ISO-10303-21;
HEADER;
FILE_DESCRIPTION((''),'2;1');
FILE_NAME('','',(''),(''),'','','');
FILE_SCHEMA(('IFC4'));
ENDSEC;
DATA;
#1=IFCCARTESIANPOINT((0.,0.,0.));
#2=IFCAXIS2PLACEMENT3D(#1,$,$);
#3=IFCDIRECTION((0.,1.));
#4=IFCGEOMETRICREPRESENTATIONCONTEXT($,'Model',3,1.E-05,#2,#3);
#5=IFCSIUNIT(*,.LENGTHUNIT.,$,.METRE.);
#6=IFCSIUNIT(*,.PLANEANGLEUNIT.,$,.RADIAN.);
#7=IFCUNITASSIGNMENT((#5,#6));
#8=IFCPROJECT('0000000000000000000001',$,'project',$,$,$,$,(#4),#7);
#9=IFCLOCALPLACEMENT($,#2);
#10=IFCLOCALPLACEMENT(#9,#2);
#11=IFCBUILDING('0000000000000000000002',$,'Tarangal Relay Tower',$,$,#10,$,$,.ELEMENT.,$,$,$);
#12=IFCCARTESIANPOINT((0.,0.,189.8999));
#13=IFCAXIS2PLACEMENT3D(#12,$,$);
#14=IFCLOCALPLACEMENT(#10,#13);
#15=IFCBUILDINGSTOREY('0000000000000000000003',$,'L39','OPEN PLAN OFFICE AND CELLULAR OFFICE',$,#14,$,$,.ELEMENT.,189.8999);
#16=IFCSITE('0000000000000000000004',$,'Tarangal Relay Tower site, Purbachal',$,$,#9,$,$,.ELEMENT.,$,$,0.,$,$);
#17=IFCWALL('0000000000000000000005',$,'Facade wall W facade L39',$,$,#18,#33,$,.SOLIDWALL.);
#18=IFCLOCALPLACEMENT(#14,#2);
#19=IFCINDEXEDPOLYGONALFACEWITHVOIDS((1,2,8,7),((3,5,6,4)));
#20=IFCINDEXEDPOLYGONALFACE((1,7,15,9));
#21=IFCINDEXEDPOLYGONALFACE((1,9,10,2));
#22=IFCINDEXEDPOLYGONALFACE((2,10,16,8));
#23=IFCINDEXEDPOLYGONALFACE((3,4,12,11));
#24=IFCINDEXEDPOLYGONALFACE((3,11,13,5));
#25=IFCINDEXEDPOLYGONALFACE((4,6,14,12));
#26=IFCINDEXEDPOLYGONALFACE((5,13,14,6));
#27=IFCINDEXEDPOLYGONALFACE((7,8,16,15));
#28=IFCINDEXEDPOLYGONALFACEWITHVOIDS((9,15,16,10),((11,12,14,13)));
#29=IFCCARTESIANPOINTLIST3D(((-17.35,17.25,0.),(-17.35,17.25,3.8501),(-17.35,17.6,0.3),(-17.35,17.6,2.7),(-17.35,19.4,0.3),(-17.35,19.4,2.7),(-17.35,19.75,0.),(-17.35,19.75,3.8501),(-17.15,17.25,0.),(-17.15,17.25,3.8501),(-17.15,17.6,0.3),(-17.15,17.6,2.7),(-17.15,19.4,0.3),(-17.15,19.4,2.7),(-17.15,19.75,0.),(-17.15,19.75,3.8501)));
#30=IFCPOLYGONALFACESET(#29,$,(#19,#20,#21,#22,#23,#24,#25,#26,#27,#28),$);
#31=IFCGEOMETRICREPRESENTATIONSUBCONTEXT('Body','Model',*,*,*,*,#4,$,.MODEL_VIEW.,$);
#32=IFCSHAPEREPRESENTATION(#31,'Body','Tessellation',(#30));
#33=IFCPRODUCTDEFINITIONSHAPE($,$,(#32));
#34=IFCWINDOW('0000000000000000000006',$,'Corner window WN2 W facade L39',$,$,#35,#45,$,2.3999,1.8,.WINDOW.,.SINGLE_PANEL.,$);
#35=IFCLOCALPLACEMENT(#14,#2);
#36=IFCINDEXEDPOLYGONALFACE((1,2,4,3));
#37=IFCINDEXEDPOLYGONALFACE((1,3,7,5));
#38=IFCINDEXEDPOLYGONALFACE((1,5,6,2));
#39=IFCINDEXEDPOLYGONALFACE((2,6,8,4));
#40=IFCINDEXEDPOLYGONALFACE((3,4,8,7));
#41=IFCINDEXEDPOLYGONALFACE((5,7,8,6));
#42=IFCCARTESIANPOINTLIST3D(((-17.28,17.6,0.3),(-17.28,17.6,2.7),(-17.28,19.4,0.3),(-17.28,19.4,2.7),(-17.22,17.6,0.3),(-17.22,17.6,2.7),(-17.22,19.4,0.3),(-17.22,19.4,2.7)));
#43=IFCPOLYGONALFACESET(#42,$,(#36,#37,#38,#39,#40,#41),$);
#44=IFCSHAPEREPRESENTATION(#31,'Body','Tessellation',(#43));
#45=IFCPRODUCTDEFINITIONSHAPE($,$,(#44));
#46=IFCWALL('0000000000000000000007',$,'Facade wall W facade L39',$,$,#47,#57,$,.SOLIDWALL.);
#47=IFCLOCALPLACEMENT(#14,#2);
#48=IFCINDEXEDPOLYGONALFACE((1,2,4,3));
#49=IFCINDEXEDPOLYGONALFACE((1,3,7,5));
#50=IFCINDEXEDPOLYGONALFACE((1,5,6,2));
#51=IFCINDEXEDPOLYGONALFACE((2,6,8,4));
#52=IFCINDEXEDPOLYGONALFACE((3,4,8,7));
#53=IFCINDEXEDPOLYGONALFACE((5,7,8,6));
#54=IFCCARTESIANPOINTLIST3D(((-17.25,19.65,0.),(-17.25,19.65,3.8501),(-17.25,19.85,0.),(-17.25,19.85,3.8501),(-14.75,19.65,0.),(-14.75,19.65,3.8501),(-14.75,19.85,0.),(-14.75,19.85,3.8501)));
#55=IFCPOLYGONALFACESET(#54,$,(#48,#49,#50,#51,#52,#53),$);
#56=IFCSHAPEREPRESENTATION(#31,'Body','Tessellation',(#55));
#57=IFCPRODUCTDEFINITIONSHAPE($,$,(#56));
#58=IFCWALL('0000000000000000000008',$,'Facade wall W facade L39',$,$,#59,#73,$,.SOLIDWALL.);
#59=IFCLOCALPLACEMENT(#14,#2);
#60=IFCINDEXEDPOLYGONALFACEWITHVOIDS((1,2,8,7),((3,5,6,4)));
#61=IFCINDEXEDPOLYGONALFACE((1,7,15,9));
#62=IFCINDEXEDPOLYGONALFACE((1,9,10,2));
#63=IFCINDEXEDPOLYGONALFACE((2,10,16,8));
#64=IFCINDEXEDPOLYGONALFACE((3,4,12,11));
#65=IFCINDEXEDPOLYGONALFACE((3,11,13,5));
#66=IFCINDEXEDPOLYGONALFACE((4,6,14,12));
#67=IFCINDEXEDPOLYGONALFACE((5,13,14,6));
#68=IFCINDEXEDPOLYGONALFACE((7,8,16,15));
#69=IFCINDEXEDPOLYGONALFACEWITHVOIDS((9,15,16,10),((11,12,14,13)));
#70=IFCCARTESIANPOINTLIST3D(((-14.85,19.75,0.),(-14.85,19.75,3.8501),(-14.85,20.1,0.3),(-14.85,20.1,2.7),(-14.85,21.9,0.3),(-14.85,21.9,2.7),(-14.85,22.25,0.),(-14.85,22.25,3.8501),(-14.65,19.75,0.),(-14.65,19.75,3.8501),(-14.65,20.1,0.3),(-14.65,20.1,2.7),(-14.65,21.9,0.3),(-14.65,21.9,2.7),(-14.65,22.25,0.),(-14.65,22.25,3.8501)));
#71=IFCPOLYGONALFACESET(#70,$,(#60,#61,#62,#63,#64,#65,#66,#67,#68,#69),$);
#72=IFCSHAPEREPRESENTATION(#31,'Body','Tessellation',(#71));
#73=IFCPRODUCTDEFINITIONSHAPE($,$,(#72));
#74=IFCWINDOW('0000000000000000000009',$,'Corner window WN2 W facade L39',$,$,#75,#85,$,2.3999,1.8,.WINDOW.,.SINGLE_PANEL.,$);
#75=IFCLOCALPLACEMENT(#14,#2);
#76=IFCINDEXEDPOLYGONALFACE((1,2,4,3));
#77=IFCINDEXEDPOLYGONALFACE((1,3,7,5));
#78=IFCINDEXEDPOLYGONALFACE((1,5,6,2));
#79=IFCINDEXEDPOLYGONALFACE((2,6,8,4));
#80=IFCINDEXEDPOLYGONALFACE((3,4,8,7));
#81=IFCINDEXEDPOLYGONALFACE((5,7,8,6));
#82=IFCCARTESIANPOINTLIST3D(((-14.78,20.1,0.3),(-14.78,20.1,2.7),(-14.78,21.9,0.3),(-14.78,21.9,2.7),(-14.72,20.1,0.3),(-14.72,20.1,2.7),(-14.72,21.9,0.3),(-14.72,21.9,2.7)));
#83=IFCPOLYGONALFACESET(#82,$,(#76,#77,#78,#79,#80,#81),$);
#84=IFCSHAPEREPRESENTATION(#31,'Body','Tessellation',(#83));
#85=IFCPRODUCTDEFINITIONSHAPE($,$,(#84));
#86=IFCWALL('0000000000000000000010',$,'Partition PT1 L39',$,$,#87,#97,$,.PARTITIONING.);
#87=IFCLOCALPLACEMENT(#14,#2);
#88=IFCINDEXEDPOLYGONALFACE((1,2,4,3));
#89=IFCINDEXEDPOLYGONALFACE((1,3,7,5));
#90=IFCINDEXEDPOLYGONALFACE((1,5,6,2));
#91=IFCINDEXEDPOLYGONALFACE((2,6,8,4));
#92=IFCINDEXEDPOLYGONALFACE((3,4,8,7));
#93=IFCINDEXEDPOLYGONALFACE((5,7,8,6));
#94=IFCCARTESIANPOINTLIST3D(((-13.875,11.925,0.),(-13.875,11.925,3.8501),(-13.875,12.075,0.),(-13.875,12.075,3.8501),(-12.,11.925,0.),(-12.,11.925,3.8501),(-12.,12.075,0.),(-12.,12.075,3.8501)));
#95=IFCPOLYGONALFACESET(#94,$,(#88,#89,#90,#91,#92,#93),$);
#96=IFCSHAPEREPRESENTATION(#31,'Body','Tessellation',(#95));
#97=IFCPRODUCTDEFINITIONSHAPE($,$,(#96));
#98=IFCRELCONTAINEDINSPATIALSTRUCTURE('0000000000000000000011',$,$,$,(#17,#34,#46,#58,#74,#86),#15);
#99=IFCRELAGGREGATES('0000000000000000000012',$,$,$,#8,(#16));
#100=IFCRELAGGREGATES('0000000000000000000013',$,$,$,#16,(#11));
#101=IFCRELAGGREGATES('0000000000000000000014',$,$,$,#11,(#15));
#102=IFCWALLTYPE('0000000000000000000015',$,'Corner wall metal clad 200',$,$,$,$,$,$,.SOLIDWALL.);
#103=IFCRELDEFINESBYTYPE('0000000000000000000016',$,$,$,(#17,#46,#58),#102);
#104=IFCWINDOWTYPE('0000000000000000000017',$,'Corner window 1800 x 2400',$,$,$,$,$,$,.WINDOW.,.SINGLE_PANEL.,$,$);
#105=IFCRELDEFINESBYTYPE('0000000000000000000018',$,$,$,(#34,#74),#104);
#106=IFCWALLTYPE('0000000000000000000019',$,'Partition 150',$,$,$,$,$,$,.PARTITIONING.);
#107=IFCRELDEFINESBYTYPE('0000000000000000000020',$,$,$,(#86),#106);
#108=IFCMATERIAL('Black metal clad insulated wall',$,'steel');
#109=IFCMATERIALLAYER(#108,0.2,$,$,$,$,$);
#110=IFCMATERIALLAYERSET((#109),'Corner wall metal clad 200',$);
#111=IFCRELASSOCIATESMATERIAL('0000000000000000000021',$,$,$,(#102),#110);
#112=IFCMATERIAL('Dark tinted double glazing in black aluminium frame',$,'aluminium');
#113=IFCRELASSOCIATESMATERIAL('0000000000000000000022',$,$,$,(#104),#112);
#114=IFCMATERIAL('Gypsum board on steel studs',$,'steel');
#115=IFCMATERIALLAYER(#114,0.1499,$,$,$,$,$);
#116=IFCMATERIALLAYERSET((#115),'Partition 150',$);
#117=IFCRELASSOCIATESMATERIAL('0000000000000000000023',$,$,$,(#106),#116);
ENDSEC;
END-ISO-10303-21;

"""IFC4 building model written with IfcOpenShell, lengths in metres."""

from ifc_helpers import new_model, si_unit, direction, frame, frame_2d, origin, place, context, subcontext, project, spatial, rectangle, extrude, material, layer, layer_set, type_object, element, fill, save


model = new_model("IFC4")

# Units and contexts
model_context = context("Model", 3, precision=1e-05, world=origin(), true_north=direction((0.0, 1.0)))
body_context = subcontext(model_context, "Body", "Model", "MODEL_VIEW")
ifc_project = project(units=[si_unit("LENGTHUNIT", "METRE"), si_unit("PLANEANGLEUNIT", "RADIAN")], contexts=[model_context])

# Site, building, storey
site_placement = place(None, origin())
site = spatial("IfcSite", under=ifc_project, at=site_placement, Name="Tarangal Relay Tower site, Purbachal", CompositionType="ELEMENT", RefElevation=0.0)
building_placement = place(site_placement, origin())
building = spatial("IfcBuilding", under=site, at=building_placement, Name="Tarangal Relay Tower", CompositionType="ELEMENT")
storey_placement = place(building_placement, frame((0.0, 0.0, 189.8999)))
storey = spatial("IfcBuildingStorey", under=building, at=storey_placement, Name="L39", Description="OPEN PLAN OFFICE AND CELLULAR OFFICE", CompositionType="ELEMENT", Elevation=189.8999)

# Shared definitions
ifc_material_1 = material(Name="Black metal clad insulated wall", Category="steel")
ifc_layer_1 = layer(ifc_material_1, 0.2)
ifc_layer_set_1 = layer_set([ifc_layer_1], Name="Corner wall metal clad 200")
wall_type_1 = type_object("IfcWallType", Name="Corner wall metal clad 200", PredefinedType="SOLIDWALL", material=ifc_layer_set_1)

# Shared definitions
ifc_material_2 = material(Name="Dark tinted double glazing in black aluminium frame", Category="aluminium")
window_type = type_object("IfcWindowType", Name="Corner window 1800 x 2400", PartitioningType="SINGLE_PANEL", PredefinedType="WINDOW", material=ifc_material_2)

# Wall, opening, window
wall_1_placement = place(storey_placement, frame((-17.25, 17.25, 0.0), z_axis=(0.0, 0.0, 1.0), x_axis=(0.0, 1.0, 0.0)))
wall_1 = element("IfcWall", 1, at=wall_1_placement, inside=storey, type_object=wall_type_1, Name="Facade wall W facade L39", PredefinedType="SOLIDWALL", context=body_context, shape_type="SweptSolid", body=[
    extrude(rectangle(XDim=2.5, YDim=0.2, at=frame_2d((1.25, 0.0))), origin(), (0.0, 0.0, 1.0), 3.8501),
])
opening_1_placement = place(wall_1_placement, frame((0.3501, 0.0, 0.3)))
opening_1 = element("IfcOpeningElement", 2, at=opening_1_placement, cuts=wall_1, PredefinedType="OPENING", context=body_context, shape_type="SweptSolid", body=[
    extrude(rectangle(XDim=1.8, YDim=2.3999, at=frame_2d((0.8999, 1.2))), frame((0.0, 0.1099, 0.0), z_axis=(0.0, -1.0, 0.0), x_axis=(1.0, 0.0, 0.0)), (0.0, 0.0, 1.0), 0.22),
])
window_1_placement = place(opening_1_placement, origin())
window_1 = element("IfcWindow", 3, at=window_1_placement, inside=storey, type_object=window_type, Name="Corner window WN2 W facade L39", OverallHeight=2.3999, OverallWidth=1.8, PartitioningType="SINGLE_PANEL", PredefinedType="WINDOW", context=body_context, shape_type="SweptSolid", body=[
    extrude(rectangle(XDim=1.8, YDim=2.3999, at=frame_2d((0.8999, 1.2))), frame((0.0, 0.03, 0.0), z_axis=(0.0, -1.0, 0.0), x_axis=(1.0, 0.0, 0.0)), (0.0, 0.0, 1.0), 0.0601),
])
fill(opening_1, window_1)

# Wall
wall_2_placement = place(storey_placement, frame((-17.25, 19.75, 0.0), z_axis=(0.0, 0.0, 1.0), x_axis=(1.0, 0.0, 0.0)))
element("IfcWall", 4, at=wall_2_placement, inside=storey, type_object=wall_type_1, Name="Facade wall W facade L39", PredefinedType="SOLIDWALL", context=body_context, shape_type="SweptSolid", body=[
    extrude(rectangle(XDim=2.5, YDim=0.2, at=frame_2d((1.25, 0.0))), origin(), (0.0, 0.0, 1.0), 3.8501),
])

# Wall, opening, window
wall_3_placement = place(storey_placement, frame((-14.75, 19.75, 0.0), z_axis=(0.0, 0.0, 1.0), x_axis=(0.0, 1.0, 0.0)))
wall_3 = element("IfcWall", 5, at=wall_3_placement, inside=storey, type_object=wall_type_1, Name="Facade wall W facade L39", PredefinedType="SOLIDWALL", context=body_context, shape_type="SweptSolid", body=[
    extrude(rectangle(XDim=2.5, YDim=0.2, at=frame_2d((1.25, 0.0))), origin(), (0.0, 0.0, 1.0), 3.8501),
])
opening_2_placement = place(wall_3_placement, frame((0.3501, 0.0, 0.3)))
opening_2 = element("IfcOpeningElement", 6, at=opening_2_placement, cuts=wall_3, PredefinedType="OPENING", context=body_context, shape_type="SweptSolid", body=[
    extrude(rectangle(XDim=1.8, YDim=2.3999, at=frame_2d((0.8999, 1.2))), frame((0.0, 0.1099, 0.0), z_axis=(0.0, -1.0, 0.0), x_axis=(1.0, 0.0, 0.0)), (0.0, 0.0, 1.0), 0.22),
])
window_2_placement = place(opening_2_placement, origin())
window_2 = element("IfcWindow", 7, at=window_2_placement, inside=storey, type_object=window_type, Name="Corner window WN2 W facade L39", OverallHeight=2.3999, OverallWidth=1.8, PartitioningType="SINGLE_PANEL", PredefinedType="WINDOW", context=body_context, shape_type="SweptSolid", body=[
    extrude(rectangle(XDim=1.8, YDim=2.3999, at=frame_2d((0.8999, 1.2))), frame((0.0, 0.03, 0.0), z_axis=(0.0, -1.0, 0.0), x_axis=(1.0, 0.0, 0.0)), (0.0, 0.0, 1.0), 0.0601),
])
fill(opening_2, window_2)

# Wall
ifc_material_3 = material(Name="Gypsum board on steel studs", Category="steel")
ifc_layer_2 = layer(ifc_material_3, 0.1499)
ifc_layer_set_2 = layer_set([ifc_layer_2], Name="Partition 150")
wall_type_2 = type_object("IfcWallType", Name="Partition 150", PredefinedType="PARTITIONING", material=ifc_layer_set_2)
wall_4_placement = place(storey_placement, frame((-13.875, 12.0, 0.0), z_axis=(0.0, 0.0, 1.0), x_axis=(1.0, 0.0, 0.0)))
element("IfcWall", 8, at=wall_4_placement, inside=storey, type_object=wall_type_2, Name="Partition PT1 L39", PredefinedType="PARTITIONING", context=body_context, shape_type="SweptSolid", body=[
    extrude(rectangle(XDim=1.875, YDim=0.1499, at=frame_2d((0.9375, 0.0))), origin(), (0.0, 0.0, 1.0), 3.8501),
])

save(model, "model.ifc")
